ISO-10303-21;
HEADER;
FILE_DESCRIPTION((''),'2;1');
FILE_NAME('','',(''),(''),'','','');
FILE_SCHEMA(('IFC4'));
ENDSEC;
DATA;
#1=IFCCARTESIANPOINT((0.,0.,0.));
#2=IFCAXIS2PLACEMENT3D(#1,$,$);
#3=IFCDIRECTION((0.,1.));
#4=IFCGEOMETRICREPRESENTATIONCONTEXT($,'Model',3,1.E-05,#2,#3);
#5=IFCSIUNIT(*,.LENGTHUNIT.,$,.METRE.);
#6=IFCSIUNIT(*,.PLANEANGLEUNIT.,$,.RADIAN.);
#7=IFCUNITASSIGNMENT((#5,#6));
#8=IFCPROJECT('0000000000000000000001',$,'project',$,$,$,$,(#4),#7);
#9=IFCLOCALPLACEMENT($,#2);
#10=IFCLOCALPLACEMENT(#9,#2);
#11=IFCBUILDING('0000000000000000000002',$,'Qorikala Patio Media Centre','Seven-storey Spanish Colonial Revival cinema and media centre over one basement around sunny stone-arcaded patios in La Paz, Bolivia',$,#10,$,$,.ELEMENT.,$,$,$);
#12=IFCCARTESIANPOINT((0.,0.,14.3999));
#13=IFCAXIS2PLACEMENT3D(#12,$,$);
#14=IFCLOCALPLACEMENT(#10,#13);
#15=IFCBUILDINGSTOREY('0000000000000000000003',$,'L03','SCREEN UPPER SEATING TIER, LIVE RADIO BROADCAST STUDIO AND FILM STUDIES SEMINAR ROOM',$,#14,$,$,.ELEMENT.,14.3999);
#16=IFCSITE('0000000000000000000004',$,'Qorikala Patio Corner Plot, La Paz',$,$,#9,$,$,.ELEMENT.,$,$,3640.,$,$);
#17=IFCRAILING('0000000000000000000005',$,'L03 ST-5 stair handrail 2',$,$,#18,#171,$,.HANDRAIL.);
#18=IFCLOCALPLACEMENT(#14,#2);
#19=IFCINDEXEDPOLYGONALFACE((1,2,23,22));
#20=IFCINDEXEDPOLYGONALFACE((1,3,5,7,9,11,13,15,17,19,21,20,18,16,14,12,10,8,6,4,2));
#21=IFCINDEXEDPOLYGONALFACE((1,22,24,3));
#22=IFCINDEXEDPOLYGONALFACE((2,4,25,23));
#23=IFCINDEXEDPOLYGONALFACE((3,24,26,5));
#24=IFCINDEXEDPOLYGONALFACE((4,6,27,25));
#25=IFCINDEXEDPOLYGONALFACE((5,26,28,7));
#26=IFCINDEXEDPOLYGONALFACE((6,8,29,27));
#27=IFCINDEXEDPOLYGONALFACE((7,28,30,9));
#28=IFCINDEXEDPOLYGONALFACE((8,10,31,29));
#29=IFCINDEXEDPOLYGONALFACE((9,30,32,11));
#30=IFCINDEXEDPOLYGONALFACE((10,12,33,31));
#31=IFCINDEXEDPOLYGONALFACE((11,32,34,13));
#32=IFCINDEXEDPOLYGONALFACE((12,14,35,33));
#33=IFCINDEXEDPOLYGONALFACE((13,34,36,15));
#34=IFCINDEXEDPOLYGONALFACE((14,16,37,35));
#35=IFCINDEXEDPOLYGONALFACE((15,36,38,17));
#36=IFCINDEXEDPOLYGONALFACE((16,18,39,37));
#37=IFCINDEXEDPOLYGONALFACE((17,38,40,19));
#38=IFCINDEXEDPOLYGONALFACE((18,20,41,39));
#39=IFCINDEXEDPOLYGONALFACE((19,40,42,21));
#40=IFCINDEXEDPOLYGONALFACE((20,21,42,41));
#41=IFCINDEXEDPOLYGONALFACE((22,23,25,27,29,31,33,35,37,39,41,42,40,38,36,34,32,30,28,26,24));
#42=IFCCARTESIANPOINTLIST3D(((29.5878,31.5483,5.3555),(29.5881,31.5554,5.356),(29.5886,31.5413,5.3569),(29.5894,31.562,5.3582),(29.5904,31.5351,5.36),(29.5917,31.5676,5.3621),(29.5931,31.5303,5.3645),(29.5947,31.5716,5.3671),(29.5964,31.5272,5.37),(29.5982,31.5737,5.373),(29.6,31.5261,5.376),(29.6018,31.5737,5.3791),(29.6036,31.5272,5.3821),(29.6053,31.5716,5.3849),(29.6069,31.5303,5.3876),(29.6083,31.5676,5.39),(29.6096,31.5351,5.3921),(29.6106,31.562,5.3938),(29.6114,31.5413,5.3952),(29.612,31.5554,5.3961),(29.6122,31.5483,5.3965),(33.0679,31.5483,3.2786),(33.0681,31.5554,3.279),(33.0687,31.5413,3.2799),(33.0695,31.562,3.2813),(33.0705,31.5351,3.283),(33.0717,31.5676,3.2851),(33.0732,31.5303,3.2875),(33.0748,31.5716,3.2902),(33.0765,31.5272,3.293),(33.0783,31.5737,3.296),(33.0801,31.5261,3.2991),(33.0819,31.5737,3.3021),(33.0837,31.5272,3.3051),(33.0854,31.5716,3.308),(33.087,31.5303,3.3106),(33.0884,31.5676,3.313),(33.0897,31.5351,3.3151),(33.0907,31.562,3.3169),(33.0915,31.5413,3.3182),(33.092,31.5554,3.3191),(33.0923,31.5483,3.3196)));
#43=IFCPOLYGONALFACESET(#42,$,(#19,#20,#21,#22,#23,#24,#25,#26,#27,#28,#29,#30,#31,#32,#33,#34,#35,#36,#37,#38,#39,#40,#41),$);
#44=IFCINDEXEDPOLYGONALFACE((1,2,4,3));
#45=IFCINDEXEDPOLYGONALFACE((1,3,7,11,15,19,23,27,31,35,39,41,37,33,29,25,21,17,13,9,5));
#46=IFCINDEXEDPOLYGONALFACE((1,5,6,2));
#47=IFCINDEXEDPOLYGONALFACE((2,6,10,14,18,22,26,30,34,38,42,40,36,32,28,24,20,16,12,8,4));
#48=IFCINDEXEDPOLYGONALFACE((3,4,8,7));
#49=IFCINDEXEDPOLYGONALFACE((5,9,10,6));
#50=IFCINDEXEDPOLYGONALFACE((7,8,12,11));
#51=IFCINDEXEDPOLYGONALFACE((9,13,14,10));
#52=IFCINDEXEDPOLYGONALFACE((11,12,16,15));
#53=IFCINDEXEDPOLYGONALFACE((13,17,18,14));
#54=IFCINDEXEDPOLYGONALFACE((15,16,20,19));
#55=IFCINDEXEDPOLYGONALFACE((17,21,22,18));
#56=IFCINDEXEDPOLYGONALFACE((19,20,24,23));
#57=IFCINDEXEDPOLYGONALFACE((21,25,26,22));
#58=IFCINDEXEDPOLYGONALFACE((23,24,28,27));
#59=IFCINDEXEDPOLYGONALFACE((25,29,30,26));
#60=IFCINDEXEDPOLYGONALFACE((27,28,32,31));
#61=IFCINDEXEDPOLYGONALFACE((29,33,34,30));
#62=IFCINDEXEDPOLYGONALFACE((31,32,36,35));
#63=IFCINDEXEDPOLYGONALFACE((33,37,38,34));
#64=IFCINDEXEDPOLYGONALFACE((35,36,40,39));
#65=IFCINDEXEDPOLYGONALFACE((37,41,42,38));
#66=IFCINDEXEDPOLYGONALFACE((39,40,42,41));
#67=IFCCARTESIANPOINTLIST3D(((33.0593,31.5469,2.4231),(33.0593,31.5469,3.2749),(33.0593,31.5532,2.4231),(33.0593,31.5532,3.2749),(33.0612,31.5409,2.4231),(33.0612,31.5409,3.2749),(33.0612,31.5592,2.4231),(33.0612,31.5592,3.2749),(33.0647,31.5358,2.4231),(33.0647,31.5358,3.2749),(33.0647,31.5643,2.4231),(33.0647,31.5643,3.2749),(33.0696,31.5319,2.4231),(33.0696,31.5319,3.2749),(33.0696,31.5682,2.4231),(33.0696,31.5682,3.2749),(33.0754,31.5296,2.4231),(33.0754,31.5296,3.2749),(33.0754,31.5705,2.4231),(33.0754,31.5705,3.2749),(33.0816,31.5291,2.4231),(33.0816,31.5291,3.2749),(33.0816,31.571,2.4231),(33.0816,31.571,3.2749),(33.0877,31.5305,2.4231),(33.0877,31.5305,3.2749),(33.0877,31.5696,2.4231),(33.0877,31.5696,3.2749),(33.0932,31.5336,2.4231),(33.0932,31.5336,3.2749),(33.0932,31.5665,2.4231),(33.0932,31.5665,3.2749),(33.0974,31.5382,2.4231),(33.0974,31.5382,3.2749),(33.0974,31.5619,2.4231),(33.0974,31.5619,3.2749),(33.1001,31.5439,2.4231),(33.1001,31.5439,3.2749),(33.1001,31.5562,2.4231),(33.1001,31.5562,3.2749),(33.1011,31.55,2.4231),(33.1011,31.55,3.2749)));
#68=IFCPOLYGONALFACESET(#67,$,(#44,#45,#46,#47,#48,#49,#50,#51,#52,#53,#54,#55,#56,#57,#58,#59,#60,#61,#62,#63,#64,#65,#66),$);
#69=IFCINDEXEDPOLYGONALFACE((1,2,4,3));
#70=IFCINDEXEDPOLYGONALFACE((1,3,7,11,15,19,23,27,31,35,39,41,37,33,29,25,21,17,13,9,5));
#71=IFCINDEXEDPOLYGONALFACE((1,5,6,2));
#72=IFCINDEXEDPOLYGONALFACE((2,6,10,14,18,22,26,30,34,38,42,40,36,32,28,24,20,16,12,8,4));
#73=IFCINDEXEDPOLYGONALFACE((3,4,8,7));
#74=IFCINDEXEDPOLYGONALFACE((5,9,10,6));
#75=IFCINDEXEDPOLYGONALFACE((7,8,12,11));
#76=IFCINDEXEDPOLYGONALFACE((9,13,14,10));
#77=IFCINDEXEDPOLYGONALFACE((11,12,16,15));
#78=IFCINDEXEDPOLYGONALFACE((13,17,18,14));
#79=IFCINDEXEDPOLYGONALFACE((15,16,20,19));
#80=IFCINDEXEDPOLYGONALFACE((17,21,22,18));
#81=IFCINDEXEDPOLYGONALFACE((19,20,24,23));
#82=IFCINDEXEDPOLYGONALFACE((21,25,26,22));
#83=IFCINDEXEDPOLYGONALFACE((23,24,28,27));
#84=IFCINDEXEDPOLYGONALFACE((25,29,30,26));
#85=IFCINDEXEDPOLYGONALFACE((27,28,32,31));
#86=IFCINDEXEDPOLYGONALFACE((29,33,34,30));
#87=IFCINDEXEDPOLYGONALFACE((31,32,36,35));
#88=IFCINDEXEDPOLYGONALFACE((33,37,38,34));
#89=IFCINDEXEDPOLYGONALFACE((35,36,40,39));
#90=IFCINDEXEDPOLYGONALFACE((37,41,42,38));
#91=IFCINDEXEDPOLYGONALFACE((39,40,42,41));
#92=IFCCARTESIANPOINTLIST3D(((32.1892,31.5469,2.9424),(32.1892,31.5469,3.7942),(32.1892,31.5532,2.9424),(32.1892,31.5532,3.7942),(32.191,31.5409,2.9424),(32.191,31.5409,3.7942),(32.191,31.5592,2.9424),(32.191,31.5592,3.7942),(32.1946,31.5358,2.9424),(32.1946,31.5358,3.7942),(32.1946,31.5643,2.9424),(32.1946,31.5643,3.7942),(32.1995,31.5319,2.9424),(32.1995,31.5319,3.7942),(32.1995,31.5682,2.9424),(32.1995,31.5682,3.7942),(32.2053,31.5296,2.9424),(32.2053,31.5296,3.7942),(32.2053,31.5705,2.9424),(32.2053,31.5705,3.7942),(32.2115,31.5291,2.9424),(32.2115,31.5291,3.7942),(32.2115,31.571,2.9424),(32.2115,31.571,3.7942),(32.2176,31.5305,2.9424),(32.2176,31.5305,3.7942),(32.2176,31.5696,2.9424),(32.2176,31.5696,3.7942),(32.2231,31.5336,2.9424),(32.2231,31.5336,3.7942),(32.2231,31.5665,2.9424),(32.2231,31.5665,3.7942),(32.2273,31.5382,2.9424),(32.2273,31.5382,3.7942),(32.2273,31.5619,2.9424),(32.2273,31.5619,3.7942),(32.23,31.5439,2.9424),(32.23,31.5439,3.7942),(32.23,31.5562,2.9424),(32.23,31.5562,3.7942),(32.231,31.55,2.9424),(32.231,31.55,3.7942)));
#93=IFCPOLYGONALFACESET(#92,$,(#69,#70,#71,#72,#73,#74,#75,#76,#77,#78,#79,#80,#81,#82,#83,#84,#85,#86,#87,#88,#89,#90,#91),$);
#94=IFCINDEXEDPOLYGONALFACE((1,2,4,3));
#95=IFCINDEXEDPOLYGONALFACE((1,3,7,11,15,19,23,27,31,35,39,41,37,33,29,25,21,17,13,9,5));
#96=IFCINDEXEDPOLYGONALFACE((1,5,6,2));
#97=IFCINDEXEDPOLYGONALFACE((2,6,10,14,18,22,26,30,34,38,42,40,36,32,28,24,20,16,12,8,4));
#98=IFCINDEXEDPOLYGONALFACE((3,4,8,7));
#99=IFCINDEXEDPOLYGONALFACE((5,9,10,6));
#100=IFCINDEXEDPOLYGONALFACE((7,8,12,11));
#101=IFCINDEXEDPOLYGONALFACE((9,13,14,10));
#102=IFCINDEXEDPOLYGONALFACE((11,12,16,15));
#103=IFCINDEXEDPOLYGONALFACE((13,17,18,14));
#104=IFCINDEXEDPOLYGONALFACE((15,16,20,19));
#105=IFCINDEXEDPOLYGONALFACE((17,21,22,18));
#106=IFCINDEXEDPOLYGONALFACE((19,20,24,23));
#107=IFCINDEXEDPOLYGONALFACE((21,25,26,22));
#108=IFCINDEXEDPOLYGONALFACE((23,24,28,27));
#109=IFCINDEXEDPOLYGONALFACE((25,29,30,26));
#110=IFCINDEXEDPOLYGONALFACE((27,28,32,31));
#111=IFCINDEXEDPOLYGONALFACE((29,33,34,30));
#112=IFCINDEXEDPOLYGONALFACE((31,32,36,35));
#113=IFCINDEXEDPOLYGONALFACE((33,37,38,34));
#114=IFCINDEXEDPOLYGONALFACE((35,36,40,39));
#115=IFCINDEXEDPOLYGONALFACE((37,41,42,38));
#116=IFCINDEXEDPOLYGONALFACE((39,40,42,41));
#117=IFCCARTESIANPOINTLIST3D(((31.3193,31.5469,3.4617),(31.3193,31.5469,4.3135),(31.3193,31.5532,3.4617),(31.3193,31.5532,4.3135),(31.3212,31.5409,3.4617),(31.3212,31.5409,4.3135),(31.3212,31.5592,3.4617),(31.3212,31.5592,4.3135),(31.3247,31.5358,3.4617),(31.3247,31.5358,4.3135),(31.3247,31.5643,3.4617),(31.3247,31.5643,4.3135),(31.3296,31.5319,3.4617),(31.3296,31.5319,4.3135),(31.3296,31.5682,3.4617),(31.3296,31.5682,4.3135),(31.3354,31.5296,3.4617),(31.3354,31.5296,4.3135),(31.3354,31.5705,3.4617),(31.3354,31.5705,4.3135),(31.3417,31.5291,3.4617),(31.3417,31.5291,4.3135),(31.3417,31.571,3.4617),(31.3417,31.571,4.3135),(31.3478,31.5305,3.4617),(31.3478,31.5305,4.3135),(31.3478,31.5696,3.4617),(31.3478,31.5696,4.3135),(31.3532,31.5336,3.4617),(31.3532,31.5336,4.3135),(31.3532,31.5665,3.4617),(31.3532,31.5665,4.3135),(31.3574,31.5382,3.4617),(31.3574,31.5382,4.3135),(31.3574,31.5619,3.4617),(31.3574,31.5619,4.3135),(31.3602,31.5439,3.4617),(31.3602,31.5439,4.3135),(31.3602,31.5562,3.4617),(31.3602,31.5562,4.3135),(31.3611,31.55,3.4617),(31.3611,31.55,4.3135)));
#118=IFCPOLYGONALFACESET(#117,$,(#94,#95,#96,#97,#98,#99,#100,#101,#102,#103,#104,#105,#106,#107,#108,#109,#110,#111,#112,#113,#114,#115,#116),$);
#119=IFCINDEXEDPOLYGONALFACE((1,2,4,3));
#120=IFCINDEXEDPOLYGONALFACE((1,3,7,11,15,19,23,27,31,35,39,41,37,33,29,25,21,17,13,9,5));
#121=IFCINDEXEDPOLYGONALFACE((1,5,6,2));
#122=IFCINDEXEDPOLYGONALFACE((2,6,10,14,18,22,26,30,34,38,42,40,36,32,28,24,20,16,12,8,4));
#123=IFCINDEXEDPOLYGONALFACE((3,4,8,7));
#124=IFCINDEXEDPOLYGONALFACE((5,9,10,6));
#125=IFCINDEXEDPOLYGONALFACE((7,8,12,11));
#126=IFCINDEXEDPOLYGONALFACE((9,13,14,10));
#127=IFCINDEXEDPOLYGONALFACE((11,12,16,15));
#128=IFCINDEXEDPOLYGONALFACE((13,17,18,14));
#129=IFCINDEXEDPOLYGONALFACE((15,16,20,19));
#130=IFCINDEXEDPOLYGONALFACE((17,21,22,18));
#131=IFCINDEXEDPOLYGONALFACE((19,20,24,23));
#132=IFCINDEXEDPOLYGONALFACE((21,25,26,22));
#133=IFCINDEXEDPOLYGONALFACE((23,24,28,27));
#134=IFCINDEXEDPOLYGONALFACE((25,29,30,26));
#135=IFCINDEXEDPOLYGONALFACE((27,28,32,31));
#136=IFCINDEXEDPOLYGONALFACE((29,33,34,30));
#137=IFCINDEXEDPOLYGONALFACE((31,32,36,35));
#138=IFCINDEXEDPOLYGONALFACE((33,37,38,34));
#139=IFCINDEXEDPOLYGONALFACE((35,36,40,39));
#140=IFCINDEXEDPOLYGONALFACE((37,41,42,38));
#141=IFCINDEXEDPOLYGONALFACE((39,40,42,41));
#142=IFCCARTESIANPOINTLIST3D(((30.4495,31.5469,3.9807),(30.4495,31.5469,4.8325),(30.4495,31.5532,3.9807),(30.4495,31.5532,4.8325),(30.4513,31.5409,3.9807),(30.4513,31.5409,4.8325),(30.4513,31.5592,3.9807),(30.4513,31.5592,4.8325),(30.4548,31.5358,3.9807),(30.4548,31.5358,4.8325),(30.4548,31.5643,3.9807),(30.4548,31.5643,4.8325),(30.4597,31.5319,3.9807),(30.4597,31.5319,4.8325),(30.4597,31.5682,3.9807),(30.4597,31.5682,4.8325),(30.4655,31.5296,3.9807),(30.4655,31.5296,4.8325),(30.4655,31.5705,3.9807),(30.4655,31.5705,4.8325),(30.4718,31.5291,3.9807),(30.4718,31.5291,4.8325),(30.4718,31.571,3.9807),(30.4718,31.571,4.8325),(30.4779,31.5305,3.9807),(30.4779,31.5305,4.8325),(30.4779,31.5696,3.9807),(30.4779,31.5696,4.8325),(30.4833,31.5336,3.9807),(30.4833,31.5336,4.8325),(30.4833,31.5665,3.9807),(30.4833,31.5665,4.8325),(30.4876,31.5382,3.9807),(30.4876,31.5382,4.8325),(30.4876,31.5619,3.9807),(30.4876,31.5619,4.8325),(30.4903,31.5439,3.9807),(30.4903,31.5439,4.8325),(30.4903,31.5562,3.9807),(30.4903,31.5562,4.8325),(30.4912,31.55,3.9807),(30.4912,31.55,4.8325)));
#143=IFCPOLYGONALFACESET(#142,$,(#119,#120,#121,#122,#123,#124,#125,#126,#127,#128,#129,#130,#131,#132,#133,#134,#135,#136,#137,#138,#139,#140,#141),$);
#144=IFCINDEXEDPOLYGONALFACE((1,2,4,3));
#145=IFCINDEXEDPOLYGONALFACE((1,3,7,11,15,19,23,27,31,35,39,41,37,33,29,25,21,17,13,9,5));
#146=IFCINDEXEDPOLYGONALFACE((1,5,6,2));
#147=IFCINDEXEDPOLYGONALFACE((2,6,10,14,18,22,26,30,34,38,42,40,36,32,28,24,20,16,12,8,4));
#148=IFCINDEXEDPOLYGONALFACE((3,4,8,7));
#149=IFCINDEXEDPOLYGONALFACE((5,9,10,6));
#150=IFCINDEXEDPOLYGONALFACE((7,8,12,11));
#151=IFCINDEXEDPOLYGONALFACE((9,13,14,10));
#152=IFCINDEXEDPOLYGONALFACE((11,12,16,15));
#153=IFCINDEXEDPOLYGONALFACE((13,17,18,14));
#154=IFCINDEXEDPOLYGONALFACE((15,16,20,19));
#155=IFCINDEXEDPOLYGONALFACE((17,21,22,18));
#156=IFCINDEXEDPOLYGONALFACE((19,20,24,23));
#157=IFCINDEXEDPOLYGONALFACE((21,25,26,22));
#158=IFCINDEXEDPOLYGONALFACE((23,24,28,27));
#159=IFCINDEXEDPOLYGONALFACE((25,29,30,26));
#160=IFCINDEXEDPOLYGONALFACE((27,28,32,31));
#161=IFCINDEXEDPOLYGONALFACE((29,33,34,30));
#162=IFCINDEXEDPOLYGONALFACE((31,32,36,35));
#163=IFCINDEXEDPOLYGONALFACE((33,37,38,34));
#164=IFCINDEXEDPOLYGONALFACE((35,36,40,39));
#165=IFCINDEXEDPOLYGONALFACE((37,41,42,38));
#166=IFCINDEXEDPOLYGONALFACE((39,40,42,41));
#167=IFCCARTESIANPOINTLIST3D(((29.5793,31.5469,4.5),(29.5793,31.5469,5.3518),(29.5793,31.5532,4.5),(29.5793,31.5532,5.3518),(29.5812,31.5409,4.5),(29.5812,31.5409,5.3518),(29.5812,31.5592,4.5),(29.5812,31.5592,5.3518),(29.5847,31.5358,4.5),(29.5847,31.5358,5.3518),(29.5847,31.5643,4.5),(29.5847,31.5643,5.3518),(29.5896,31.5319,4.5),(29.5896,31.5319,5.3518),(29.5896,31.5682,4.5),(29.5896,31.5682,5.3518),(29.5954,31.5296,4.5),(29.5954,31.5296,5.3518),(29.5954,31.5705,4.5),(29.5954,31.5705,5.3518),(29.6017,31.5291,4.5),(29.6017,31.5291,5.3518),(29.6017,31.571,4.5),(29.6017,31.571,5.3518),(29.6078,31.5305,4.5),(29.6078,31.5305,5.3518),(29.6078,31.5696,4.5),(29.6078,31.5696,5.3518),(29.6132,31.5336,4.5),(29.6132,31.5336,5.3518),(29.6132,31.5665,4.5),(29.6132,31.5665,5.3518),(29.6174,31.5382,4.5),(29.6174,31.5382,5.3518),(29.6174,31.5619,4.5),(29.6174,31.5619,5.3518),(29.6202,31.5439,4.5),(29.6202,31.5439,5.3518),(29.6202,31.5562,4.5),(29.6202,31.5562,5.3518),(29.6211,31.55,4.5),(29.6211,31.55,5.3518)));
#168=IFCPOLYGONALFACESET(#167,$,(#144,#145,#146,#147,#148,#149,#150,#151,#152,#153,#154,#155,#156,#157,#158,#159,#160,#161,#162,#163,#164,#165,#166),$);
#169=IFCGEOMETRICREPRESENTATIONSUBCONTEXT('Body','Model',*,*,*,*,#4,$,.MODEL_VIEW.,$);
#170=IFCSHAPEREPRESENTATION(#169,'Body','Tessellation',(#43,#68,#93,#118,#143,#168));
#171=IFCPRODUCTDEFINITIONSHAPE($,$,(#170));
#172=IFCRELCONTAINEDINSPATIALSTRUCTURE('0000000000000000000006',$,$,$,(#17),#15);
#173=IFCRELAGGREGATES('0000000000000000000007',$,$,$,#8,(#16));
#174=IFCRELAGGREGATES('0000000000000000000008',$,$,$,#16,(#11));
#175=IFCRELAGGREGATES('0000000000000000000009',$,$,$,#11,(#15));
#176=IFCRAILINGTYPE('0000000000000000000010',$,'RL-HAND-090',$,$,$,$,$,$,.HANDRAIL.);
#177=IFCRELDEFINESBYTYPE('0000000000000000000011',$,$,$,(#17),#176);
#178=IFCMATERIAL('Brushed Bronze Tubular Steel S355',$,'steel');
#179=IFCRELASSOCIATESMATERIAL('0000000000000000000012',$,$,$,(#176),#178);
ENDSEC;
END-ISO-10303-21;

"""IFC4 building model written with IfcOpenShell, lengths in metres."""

from ifc_helpers import new_model, si_unit, direction, frame, origin, origin_2d, place, context, subcontext, project, spatial, circle, extrude, material, type_object, element, save


model = new_model("IFC4")

# Units and contexts
model_context = context("Model", 3, precision=1e-05, world=origin(), true_north=direction((0.0, 1.0)))
body_context = subcontext(model_context, "Body", "Model", "MODEL_VIEW")
ifc_project = project(units=[si_unit("LENGTHUNIT", "METRE"), si_unit("PLANEANGLEUNIT", "RADIAN")], contexts=[model_context])

# Site, building, storey
site_placement = place(None, origin())
site = spatial("IfcSite", under=ifc_project, at=site_placement, Name="Qorikala Patio Corner Plot, La Paz", CompositionType="ELEMENT", RefElevation=3640.0)
building_placement = place(site_placement, origin())
building = spatial("IfcBuilding", under=site, at=building_placement, Name="Qorikala Patio Media Centre", Description="Seven-storey Spanish Colonial Revival cinema and media centre over one basement around sunny stone-arcaded patios in La Paz, Bolivia", CompositionType="ELEMENT")
storey_placement = place(building_placement, frame((0.0, 0.0, 14.3999)))
storey = spatial("IfcBuildingStorey", under=building, at=storey_placement, Name="L03", Description="SCREEN UPPER SEATING TIER, LIVE RADIO BROADCAST STUDIO AND FILM STUDIES SEMINAR ROOM", CompositionType="ELEMENT", Elevation=14.3999)

# Railing
ifc_material_1 = material(Name="Brushed Bronze Tubular Steel S355", Category="steel")
railing_type_1 = type_object("IfcRailingType", Name="RL-HAND-090", PredefinedType="HANDRAIL", material=ifc_material_1)
railing_1_placement = place(storey_placement, frame((33.0801, 31.55, 2.4231)))
element("IfcRailing", 1, at=railing_1_placement, inside=storey, type_object=railing_type_1, Name="L03 ST-5 stair handrail 2", PredefinedType="HANDRAIL", context=body_context, shape_type="SweptSolid", body=[
    extrude(circle(Radius=0.0239, at=origin_2d()), frame((0.0, 0.0, 0.876), z_axis=(-0.858697, 0.0, 0.512483), x_axis=(0.0, -1.0, 0.0)), (0.0, 0.0, 1.0), 4.0527),
    extrude(circle(Radius=0.021, at=origin_2d()), origin(), (0.0, 0.0, 1.0), 0.8518),
    extrude(circle(Radius=0.021, at=origin_2d()), frame((-0.8701, 0.0, 0.5193)), (0.0, 0.0, 1.0), 0.8518),
    extrude(circle(Radius=0.021, at=origin_2d()), frame((-1.74, 0.0, 1.0386)), (0.0, 0.0, 1.0), 0.8518),
    extrude(circle(Radius=0.021, at=origin_2d()), frame((-2.6099, 0.0, 1.5576)), (0.0, 0.0, 1.0), 0.8518),
    extrude(circle(Radius=0.021, at=origin_2d()), frame((-3.48, 0.0, 2.0769)), (0.0, 0.0, 1.0), 0.8518),
])

save(model, "model.ifc")
